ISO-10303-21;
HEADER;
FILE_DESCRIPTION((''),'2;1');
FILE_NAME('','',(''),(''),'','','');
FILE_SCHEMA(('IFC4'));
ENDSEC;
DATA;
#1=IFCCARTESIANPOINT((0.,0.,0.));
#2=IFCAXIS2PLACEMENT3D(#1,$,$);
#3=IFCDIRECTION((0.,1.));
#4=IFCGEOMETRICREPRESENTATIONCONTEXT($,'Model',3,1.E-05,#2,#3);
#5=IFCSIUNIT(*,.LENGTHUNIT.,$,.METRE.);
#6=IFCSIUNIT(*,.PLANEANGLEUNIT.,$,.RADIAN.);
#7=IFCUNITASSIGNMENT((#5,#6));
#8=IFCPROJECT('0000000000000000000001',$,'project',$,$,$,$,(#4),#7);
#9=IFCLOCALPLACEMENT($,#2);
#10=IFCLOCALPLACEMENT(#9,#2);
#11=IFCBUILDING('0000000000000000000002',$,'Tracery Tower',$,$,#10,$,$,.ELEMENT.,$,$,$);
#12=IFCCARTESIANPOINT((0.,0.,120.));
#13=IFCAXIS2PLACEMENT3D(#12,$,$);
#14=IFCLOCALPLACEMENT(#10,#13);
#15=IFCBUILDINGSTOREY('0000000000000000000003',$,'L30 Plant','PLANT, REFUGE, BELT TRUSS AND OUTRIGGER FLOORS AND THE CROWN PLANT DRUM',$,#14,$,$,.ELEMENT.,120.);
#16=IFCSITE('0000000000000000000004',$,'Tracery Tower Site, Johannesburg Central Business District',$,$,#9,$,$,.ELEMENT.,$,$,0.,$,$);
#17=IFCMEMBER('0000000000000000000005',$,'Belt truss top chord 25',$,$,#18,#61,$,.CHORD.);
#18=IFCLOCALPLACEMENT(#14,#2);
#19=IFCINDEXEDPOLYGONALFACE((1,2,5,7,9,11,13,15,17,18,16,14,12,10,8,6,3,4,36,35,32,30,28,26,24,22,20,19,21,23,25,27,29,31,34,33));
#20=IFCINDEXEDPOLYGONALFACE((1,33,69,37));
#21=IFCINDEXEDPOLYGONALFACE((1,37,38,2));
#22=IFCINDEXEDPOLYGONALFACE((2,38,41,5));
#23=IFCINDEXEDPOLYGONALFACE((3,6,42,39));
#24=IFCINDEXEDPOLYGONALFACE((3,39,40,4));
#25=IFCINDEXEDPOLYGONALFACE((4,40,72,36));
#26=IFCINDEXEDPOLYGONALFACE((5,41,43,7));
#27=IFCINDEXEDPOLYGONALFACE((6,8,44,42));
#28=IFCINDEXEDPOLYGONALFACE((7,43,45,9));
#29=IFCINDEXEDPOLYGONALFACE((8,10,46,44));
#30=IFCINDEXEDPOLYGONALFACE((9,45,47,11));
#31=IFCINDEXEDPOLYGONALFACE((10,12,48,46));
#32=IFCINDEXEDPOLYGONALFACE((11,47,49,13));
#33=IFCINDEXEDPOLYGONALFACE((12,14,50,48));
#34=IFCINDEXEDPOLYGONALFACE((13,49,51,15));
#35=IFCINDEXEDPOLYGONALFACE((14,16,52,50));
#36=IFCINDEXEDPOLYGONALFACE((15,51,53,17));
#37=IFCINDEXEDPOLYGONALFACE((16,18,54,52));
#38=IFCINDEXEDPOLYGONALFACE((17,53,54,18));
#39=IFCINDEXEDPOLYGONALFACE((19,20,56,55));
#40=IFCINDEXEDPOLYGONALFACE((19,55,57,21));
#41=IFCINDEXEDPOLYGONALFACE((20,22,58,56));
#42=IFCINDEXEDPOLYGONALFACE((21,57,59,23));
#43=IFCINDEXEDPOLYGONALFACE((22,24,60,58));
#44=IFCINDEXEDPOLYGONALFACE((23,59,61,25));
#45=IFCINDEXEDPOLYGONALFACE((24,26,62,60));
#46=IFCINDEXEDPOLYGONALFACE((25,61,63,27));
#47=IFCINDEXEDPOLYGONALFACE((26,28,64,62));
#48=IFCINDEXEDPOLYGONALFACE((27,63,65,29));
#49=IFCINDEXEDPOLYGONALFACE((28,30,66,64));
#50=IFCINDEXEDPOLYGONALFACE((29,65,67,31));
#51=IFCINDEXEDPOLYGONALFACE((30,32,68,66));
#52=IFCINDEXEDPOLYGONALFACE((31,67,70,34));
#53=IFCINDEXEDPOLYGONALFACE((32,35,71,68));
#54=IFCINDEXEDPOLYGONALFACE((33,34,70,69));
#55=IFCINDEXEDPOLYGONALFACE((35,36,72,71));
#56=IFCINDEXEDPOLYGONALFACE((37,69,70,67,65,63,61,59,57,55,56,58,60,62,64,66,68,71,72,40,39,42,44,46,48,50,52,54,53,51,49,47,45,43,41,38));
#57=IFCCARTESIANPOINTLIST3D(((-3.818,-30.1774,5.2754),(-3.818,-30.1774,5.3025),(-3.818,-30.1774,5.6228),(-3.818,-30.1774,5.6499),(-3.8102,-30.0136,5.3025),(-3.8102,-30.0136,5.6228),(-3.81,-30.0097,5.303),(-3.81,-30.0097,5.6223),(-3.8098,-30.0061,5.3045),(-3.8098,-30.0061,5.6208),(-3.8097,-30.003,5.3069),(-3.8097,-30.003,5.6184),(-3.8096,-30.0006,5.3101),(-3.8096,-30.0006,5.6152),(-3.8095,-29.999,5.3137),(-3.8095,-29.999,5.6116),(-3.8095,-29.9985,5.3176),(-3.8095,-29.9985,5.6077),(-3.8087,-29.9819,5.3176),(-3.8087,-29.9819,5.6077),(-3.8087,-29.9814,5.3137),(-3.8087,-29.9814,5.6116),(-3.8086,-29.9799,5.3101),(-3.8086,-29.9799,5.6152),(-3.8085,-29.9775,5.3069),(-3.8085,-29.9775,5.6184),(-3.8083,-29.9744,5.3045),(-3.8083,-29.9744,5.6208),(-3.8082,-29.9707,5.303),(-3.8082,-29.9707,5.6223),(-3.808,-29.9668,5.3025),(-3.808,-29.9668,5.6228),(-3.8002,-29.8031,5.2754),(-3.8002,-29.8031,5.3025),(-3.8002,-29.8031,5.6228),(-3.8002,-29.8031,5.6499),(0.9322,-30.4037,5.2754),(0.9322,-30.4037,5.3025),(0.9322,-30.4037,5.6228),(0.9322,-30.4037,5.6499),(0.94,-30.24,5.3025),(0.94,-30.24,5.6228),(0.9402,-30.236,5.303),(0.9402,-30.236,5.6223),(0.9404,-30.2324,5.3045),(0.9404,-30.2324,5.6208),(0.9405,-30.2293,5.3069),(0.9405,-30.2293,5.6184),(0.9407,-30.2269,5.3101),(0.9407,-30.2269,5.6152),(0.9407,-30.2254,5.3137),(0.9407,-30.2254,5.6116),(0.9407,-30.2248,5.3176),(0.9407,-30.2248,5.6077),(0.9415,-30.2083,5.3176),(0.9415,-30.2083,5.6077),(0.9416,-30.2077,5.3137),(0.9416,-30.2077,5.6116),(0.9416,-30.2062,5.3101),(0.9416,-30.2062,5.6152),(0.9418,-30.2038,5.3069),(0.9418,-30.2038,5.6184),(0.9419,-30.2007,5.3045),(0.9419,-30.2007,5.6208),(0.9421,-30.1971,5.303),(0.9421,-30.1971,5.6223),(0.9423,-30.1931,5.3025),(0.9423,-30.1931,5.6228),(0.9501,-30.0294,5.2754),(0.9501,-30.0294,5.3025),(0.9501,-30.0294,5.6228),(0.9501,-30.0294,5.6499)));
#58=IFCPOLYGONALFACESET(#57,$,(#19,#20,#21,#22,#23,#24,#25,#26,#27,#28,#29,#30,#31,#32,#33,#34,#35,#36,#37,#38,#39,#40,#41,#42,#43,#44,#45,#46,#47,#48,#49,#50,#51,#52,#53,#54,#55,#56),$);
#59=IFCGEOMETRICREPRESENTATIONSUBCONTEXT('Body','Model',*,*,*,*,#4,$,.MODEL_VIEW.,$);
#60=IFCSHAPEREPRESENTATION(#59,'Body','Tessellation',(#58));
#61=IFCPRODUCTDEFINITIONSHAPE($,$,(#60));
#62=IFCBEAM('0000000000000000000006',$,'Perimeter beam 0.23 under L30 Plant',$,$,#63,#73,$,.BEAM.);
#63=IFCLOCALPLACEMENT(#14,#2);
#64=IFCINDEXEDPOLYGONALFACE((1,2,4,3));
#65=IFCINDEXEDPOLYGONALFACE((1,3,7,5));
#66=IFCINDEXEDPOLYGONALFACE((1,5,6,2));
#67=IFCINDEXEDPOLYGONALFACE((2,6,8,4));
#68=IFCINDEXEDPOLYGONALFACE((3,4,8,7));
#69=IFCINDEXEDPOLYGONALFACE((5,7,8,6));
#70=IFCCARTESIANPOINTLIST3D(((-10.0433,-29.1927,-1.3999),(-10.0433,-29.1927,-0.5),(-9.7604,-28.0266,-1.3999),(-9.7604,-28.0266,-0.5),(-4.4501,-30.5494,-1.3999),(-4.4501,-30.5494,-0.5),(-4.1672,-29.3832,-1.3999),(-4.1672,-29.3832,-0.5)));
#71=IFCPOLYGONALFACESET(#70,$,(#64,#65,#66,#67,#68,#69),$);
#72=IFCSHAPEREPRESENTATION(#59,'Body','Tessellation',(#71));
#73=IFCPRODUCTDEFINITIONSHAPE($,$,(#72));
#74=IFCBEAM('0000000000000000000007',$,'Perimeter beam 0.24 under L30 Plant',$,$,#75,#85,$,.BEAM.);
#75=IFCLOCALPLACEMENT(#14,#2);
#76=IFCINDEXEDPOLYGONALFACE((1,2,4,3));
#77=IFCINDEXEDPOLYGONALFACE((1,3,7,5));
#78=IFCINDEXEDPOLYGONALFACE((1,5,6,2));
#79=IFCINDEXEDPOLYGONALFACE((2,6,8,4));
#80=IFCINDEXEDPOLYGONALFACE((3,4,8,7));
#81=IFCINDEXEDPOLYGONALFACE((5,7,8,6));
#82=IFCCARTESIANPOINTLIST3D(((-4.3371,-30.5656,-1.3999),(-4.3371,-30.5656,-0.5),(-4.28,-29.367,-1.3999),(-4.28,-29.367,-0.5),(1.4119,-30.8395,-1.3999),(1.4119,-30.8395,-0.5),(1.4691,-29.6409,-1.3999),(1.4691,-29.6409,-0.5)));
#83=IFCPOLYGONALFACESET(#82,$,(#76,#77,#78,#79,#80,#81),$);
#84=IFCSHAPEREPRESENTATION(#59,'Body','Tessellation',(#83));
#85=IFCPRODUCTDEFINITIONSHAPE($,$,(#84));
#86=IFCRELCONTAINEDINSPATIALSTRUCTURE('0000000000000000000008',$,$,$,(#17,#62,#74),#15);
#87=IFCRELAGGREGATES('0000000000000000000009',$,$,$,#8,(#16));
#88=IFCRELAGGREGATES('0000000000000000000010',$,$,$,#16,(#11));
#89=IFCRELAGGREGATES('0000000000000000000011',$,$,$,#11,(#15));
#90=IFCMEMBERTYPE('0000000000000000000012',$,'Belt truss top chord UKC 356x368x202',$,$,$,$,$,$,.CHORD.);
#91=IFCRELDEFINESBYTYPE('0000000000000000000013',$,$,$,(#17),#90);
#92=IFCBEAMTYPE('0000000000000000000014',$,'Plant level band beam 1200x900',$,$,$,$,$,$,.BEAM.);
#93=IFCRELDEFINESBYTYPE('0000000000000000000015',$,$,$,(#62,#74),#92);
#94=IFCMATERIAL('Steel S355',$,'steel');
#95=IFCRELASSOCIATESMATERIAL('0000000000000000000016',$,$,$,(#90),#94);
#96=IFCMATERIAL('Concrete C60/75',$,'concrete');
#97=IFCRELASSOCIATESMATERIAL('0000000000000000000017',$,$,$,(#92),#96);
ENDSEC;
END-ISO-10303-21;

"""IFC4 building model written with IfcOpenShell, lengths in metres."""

from ifc_helpers import new_model, si_unit, direction, frame, origin, origin_2d, place, context, subcontext, project, spatial, rectangle, i_section, extrude, material, material_profile, profile_set, type_object, element, save


model = new_model("IFC4")

# Units and contexts
model_context = context("Model", 3, precision=1e-05, world=origin(), true_north=direction((0.0, 1.0)))
body_context = subcontext(model_context, "Body", "Model", "MODEL_VIEW")
ifc_project = project(units=[si_unit("LENGTHUNIT", "METRE"), si_unit("PLANEANGLEUNIT", "RADIAN")], contexts=[model_context])

# Site, building, storey
site_placement = place(None, origin())
site = spatial("IfcSite", under=ifc_project, at=site_placement, Name="Tracery Tower Site, Johannesburg Central Business District", CompositionType="ELEMENT", RefElevation=0.0)
building_placement = place(site_placement, origin())
building = spatial("IfcBuilding", under=site, at=building_placement, Name="Tracery Tower", CompositionType="ELEMENT")
storey_placement = place(building_placement, frame((0.0, 0.0, 120.0)))
storey = spatial("IfcBuildingStorey", under=building, at=storey_placement, Name="L30 Plant", Description="PLANT, REFUGE, BELT TRUSS AND OUTRIGGER FLOORS AND THE CROWN PLANT DRUM", CompositionType="ELEMENT", Elevation=120.0)

# Member
ifc_material_1 = material(Name="Steel S355", Category="steel")
ifc_material_profile_1 = material_profile(ifc_material_1, i_section(OverallWidth=0.3748, OverallDepth=0.3745, WebThickness=0.0166, FlangeThickness=0.0271, FilletRadius=0.0151, at=origin_2d()), Name="UKC 356x368x202")
ifc_profile_set_1 = profile_set([ifc_material_profile_1], Name="Steel S355")
member_type_1 = type_object("IfcMemberType", Name="Belt truss top chord UKC 356x368x202", PredefinedType="CHORD", material=ifc_profile_set_1)
for number, where, z_axis, x_axis, name in (
    (1, (-3.8091, -29.9902, 5.4626), (0.998867, -0.04759, 0.0), (0.04759, 0.998867, 0.0), "Belt truss top chord 25"),
):
    element("IfcMember", number, at=place(storey_placement, frame(where, z_axis=z_axis, x_axis=x_axis)), inside=storey, type_object=member_type_1, Name=name, PredefinedType="CHORD", context=body_context, shape_type="SweptSolid", body=[
        extrude(i_section(OverallWidth=0.3748, OverallDepth=0.3745, WebThickness=0.0166, FlangeThickness=0.0271, FilletRadius=0.0151, at=origin_2d()), origin(), (0.0, 0.0, 1.0), 4.7556),
    ])

# Beams
ifc_material_2 = material(Name="Concrete C60/75", Category="concrete")
ifc_material_profile_2 = material_profile(ifc_material_2, rectangle(XDim=1.2, YDim=0.8999, at=origin_2d()), Name="RC 1200x900")
ifc_profile_set_2 = profile_set([ifc_material_profile_2], Name="Concrete C60/75")
beam_type = type_object("IfcBeamType", Name="Plant level band beam 1200x900", PredefinedType="BEAM", material=ifc_profile_set_2)
beam_1_placement = place(storey_placement, frame((-9.9019, -28.6096, -0.95), z_axis=(0.97182, -0.235723, 0.0), x_axis=(0.235723, 0.97182, 0.0)))
element("IfcBeam", 2, at=beam_1_placement, inside=storey, type_object=beam_type, Name="Perimeter beam 0.23 under L30 Plant", PredefinedType="BEAM", context=body_context, shape_type="SweptSolid", body=[
    extrude(rectangle(XDim=1.2, YDim=0.8999, at=origin_2d()), origin(), (0.0, 0.0, 1.0), 5.7554),
])
beam_2_placement = place(storey_placement, frame((-4.3086, -29.9663, -0.95), z_axis=(0.998867, -0.047593, 0.0), x_axis=(0.047593, 0.998867, 0.0)))
element("IfcBeam", 3, at=beam_2_placement, inside=storey, type_object=beam_type, Name="Perimeter beam 0.24 under L30 Plant", PredefinedType="BEAM", context=body_context, shape_type="SweptSolid", body=[
    extrude(rectangle(XDim=1.2, YDim=0.8999, at=origin_2d()), origin(), (0.0, 0.0, 1.0), 5.7556),
])

save(model, "model.ifc")
